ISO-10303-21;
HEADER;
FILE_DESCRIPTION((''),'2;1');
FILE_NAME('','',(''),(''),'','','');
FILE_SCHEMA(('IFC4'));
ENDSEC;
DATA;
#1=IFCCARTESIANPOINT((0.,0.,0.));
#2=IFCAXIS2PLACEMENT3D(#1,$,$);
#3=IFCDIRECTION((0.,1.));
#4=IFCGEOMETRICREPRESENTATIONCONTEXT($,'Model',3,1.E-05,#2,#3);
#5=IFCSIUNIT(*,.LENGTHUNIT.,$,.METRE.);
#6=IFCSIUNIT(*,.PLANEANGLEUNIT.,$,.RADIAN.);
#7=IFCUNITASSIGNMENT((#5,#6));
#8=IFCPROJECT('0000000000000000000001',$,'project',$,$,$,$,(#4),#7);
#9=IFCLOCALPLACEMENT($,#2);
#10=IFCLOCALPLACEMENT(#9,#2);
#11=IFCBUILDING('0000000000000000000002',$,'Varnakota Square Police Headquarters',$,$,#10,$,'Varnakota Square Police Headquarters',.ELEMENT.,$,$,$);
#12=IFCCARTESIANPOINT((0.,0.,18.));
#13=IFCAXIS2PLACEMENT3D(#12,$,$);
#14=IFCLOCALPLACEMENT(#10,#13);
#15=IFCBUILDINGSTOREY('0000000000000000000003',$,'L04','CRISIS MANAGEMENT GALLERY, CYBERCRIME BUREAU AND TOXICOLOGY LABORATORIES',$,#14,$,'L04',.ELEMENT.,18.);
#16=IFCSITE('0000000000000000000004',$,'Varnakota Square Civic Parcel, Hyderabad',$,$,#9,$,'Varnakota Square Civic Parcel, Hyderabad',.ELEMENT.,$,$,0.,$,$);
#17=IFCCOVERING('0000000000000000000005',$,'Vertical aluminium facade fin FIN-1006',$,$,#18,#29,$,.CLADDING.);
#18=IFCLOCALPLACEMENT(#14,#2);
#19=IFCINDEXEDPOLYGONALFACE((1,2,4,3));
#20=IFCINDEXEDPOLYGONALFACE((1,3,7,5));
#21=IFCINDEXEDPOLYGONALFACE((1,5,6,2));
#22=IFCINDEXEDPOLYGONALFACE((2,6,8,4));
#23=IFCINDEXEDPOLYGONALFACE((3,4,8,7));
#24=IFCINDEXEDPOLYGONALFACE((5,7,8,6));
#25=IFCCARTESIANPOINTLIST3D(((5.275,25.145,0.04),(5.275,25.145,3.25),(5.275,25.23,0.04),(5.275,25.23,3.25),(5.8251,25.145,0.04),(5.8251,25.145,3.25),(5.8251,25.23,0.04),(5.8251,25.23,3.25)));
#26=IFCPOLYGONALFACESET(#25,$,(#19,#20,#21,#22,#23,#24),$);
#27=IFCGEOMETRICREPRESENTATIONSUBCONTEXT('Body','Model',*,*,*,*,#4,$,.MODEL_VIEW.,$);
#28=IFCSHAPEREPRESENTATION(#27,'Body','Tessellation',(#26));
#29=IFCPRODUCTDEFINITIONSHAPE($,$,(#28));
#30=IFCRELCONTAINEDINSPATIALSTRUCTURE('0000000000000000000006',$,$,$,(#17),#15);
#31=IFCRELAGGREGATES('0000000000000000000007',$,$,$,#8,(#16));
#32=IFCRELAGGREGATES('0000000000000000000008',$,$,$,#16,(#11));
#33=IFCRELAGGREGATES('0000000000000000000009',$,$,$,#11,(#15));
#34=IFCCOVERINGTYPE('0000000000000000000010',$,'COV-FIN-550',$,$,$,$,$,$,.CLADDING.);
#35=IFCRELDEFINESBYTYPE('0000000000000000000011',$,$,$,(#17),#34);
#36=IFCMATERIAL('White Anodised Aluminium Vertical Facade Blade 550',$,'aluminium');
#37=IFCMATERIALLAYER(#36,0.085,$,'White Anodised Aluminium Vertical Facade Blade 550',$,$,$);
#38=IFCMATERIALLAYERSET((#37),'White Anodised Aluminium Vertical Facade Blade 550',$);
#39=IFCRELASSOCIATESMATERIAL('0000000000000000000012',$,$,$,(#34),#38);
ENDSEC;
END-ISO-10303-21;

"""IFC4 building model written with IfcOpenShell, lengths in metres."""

from ifc_helpers import new_model, si_unit, direction, frame, origin, origin_2d, place, context, subcontext, project, spatial, rectangle, extrude, material, layer, layer_set, type_object, element, save


model = new_model("IFC4")

# Units and contexts
model_context = context("Model", 3, precision=1e-05, world=origin(), true_north=direction((0.0, 1.0)))
body_context = subcontext(model_context, "Body", "Model", "MODEL_VIEW")
ifc_project = project(units=[si_unit("LENGTHUNIT", "METRE"), si_unit("PLANEANGLEUNIT", "RADIAN")], contexts=[model_context])

# Site, building, storey
site_placement = place(None, origin())
site = spatial("IfcSite", under=ifc_project, at=site_placement, Name="Varnakota Square Civic Parcel, Hyderabad", LongName="Varnakota Square Civic Parcel, Hyderabad", CompositionType="ELEMENT", RefElevation=0.0)
building_placement = place(site_placement, origin())
building = spatial("IfcBuilding", under=site, at=building_placement, Name="Varnakota Square Police Headquarters", LongName="Varnakota Square Police Headquarters", CompositionType="ELEMENT")
storey_placement = place(building_placement, frame((0.0, 0.0, 18.0)))
storey = spatial("IfcBuildingStorey", under=building, at=storey_placement, Name="L04", Description="CRISIS MANAGEMENT GALLERY, CYBERCRIME BUREAU AND TOXICOLOGY LABORATORIES", LongName="L04", CompositionType="ELEMENT", Elevation=18.0)

# Covering
ifc_material_1 = material(Name="White Anodised Aluminium Vertical Facade Blade 550", Category="aluminium")
ifc_layer_1 = layer(ifc_material_1, 0.085, Name="White Anodised Aluminium Vertical Facade Blade 550")
ifc_layer_set_1 = layer_set([ifc_layer_1], Name="White Anodised Aluminium Vertical Facade Blade 550")
covering_type_1 = type_object("IfcCoveringType", Name="COV-FIN-550", PredefinedType="CLADDING", material=ifc_layer_set_1)
covering_1_placement = place(storey_placement, frame((5.55, 25.1875, 0.04), z_axis=(0.0, 0.0, 1.0), x_axis=(0.0, 1.0, 0.0)))
element("IfcCovering", 1, at=covering_1_placement, inside=storey, type_object=covering_type_1, Name="Vertical aluminium facade fin FIN-1006", PredefinedType="CLADDING", context=body_context, shape_type="SweptSolid", body=[
    extrude(rectangle(XDim=0.085, YDim=0.55, at=origin_2d()), origin(), (0.0, 0.0, 1.0), 3.21),
])

save(model, "model.ifc")
